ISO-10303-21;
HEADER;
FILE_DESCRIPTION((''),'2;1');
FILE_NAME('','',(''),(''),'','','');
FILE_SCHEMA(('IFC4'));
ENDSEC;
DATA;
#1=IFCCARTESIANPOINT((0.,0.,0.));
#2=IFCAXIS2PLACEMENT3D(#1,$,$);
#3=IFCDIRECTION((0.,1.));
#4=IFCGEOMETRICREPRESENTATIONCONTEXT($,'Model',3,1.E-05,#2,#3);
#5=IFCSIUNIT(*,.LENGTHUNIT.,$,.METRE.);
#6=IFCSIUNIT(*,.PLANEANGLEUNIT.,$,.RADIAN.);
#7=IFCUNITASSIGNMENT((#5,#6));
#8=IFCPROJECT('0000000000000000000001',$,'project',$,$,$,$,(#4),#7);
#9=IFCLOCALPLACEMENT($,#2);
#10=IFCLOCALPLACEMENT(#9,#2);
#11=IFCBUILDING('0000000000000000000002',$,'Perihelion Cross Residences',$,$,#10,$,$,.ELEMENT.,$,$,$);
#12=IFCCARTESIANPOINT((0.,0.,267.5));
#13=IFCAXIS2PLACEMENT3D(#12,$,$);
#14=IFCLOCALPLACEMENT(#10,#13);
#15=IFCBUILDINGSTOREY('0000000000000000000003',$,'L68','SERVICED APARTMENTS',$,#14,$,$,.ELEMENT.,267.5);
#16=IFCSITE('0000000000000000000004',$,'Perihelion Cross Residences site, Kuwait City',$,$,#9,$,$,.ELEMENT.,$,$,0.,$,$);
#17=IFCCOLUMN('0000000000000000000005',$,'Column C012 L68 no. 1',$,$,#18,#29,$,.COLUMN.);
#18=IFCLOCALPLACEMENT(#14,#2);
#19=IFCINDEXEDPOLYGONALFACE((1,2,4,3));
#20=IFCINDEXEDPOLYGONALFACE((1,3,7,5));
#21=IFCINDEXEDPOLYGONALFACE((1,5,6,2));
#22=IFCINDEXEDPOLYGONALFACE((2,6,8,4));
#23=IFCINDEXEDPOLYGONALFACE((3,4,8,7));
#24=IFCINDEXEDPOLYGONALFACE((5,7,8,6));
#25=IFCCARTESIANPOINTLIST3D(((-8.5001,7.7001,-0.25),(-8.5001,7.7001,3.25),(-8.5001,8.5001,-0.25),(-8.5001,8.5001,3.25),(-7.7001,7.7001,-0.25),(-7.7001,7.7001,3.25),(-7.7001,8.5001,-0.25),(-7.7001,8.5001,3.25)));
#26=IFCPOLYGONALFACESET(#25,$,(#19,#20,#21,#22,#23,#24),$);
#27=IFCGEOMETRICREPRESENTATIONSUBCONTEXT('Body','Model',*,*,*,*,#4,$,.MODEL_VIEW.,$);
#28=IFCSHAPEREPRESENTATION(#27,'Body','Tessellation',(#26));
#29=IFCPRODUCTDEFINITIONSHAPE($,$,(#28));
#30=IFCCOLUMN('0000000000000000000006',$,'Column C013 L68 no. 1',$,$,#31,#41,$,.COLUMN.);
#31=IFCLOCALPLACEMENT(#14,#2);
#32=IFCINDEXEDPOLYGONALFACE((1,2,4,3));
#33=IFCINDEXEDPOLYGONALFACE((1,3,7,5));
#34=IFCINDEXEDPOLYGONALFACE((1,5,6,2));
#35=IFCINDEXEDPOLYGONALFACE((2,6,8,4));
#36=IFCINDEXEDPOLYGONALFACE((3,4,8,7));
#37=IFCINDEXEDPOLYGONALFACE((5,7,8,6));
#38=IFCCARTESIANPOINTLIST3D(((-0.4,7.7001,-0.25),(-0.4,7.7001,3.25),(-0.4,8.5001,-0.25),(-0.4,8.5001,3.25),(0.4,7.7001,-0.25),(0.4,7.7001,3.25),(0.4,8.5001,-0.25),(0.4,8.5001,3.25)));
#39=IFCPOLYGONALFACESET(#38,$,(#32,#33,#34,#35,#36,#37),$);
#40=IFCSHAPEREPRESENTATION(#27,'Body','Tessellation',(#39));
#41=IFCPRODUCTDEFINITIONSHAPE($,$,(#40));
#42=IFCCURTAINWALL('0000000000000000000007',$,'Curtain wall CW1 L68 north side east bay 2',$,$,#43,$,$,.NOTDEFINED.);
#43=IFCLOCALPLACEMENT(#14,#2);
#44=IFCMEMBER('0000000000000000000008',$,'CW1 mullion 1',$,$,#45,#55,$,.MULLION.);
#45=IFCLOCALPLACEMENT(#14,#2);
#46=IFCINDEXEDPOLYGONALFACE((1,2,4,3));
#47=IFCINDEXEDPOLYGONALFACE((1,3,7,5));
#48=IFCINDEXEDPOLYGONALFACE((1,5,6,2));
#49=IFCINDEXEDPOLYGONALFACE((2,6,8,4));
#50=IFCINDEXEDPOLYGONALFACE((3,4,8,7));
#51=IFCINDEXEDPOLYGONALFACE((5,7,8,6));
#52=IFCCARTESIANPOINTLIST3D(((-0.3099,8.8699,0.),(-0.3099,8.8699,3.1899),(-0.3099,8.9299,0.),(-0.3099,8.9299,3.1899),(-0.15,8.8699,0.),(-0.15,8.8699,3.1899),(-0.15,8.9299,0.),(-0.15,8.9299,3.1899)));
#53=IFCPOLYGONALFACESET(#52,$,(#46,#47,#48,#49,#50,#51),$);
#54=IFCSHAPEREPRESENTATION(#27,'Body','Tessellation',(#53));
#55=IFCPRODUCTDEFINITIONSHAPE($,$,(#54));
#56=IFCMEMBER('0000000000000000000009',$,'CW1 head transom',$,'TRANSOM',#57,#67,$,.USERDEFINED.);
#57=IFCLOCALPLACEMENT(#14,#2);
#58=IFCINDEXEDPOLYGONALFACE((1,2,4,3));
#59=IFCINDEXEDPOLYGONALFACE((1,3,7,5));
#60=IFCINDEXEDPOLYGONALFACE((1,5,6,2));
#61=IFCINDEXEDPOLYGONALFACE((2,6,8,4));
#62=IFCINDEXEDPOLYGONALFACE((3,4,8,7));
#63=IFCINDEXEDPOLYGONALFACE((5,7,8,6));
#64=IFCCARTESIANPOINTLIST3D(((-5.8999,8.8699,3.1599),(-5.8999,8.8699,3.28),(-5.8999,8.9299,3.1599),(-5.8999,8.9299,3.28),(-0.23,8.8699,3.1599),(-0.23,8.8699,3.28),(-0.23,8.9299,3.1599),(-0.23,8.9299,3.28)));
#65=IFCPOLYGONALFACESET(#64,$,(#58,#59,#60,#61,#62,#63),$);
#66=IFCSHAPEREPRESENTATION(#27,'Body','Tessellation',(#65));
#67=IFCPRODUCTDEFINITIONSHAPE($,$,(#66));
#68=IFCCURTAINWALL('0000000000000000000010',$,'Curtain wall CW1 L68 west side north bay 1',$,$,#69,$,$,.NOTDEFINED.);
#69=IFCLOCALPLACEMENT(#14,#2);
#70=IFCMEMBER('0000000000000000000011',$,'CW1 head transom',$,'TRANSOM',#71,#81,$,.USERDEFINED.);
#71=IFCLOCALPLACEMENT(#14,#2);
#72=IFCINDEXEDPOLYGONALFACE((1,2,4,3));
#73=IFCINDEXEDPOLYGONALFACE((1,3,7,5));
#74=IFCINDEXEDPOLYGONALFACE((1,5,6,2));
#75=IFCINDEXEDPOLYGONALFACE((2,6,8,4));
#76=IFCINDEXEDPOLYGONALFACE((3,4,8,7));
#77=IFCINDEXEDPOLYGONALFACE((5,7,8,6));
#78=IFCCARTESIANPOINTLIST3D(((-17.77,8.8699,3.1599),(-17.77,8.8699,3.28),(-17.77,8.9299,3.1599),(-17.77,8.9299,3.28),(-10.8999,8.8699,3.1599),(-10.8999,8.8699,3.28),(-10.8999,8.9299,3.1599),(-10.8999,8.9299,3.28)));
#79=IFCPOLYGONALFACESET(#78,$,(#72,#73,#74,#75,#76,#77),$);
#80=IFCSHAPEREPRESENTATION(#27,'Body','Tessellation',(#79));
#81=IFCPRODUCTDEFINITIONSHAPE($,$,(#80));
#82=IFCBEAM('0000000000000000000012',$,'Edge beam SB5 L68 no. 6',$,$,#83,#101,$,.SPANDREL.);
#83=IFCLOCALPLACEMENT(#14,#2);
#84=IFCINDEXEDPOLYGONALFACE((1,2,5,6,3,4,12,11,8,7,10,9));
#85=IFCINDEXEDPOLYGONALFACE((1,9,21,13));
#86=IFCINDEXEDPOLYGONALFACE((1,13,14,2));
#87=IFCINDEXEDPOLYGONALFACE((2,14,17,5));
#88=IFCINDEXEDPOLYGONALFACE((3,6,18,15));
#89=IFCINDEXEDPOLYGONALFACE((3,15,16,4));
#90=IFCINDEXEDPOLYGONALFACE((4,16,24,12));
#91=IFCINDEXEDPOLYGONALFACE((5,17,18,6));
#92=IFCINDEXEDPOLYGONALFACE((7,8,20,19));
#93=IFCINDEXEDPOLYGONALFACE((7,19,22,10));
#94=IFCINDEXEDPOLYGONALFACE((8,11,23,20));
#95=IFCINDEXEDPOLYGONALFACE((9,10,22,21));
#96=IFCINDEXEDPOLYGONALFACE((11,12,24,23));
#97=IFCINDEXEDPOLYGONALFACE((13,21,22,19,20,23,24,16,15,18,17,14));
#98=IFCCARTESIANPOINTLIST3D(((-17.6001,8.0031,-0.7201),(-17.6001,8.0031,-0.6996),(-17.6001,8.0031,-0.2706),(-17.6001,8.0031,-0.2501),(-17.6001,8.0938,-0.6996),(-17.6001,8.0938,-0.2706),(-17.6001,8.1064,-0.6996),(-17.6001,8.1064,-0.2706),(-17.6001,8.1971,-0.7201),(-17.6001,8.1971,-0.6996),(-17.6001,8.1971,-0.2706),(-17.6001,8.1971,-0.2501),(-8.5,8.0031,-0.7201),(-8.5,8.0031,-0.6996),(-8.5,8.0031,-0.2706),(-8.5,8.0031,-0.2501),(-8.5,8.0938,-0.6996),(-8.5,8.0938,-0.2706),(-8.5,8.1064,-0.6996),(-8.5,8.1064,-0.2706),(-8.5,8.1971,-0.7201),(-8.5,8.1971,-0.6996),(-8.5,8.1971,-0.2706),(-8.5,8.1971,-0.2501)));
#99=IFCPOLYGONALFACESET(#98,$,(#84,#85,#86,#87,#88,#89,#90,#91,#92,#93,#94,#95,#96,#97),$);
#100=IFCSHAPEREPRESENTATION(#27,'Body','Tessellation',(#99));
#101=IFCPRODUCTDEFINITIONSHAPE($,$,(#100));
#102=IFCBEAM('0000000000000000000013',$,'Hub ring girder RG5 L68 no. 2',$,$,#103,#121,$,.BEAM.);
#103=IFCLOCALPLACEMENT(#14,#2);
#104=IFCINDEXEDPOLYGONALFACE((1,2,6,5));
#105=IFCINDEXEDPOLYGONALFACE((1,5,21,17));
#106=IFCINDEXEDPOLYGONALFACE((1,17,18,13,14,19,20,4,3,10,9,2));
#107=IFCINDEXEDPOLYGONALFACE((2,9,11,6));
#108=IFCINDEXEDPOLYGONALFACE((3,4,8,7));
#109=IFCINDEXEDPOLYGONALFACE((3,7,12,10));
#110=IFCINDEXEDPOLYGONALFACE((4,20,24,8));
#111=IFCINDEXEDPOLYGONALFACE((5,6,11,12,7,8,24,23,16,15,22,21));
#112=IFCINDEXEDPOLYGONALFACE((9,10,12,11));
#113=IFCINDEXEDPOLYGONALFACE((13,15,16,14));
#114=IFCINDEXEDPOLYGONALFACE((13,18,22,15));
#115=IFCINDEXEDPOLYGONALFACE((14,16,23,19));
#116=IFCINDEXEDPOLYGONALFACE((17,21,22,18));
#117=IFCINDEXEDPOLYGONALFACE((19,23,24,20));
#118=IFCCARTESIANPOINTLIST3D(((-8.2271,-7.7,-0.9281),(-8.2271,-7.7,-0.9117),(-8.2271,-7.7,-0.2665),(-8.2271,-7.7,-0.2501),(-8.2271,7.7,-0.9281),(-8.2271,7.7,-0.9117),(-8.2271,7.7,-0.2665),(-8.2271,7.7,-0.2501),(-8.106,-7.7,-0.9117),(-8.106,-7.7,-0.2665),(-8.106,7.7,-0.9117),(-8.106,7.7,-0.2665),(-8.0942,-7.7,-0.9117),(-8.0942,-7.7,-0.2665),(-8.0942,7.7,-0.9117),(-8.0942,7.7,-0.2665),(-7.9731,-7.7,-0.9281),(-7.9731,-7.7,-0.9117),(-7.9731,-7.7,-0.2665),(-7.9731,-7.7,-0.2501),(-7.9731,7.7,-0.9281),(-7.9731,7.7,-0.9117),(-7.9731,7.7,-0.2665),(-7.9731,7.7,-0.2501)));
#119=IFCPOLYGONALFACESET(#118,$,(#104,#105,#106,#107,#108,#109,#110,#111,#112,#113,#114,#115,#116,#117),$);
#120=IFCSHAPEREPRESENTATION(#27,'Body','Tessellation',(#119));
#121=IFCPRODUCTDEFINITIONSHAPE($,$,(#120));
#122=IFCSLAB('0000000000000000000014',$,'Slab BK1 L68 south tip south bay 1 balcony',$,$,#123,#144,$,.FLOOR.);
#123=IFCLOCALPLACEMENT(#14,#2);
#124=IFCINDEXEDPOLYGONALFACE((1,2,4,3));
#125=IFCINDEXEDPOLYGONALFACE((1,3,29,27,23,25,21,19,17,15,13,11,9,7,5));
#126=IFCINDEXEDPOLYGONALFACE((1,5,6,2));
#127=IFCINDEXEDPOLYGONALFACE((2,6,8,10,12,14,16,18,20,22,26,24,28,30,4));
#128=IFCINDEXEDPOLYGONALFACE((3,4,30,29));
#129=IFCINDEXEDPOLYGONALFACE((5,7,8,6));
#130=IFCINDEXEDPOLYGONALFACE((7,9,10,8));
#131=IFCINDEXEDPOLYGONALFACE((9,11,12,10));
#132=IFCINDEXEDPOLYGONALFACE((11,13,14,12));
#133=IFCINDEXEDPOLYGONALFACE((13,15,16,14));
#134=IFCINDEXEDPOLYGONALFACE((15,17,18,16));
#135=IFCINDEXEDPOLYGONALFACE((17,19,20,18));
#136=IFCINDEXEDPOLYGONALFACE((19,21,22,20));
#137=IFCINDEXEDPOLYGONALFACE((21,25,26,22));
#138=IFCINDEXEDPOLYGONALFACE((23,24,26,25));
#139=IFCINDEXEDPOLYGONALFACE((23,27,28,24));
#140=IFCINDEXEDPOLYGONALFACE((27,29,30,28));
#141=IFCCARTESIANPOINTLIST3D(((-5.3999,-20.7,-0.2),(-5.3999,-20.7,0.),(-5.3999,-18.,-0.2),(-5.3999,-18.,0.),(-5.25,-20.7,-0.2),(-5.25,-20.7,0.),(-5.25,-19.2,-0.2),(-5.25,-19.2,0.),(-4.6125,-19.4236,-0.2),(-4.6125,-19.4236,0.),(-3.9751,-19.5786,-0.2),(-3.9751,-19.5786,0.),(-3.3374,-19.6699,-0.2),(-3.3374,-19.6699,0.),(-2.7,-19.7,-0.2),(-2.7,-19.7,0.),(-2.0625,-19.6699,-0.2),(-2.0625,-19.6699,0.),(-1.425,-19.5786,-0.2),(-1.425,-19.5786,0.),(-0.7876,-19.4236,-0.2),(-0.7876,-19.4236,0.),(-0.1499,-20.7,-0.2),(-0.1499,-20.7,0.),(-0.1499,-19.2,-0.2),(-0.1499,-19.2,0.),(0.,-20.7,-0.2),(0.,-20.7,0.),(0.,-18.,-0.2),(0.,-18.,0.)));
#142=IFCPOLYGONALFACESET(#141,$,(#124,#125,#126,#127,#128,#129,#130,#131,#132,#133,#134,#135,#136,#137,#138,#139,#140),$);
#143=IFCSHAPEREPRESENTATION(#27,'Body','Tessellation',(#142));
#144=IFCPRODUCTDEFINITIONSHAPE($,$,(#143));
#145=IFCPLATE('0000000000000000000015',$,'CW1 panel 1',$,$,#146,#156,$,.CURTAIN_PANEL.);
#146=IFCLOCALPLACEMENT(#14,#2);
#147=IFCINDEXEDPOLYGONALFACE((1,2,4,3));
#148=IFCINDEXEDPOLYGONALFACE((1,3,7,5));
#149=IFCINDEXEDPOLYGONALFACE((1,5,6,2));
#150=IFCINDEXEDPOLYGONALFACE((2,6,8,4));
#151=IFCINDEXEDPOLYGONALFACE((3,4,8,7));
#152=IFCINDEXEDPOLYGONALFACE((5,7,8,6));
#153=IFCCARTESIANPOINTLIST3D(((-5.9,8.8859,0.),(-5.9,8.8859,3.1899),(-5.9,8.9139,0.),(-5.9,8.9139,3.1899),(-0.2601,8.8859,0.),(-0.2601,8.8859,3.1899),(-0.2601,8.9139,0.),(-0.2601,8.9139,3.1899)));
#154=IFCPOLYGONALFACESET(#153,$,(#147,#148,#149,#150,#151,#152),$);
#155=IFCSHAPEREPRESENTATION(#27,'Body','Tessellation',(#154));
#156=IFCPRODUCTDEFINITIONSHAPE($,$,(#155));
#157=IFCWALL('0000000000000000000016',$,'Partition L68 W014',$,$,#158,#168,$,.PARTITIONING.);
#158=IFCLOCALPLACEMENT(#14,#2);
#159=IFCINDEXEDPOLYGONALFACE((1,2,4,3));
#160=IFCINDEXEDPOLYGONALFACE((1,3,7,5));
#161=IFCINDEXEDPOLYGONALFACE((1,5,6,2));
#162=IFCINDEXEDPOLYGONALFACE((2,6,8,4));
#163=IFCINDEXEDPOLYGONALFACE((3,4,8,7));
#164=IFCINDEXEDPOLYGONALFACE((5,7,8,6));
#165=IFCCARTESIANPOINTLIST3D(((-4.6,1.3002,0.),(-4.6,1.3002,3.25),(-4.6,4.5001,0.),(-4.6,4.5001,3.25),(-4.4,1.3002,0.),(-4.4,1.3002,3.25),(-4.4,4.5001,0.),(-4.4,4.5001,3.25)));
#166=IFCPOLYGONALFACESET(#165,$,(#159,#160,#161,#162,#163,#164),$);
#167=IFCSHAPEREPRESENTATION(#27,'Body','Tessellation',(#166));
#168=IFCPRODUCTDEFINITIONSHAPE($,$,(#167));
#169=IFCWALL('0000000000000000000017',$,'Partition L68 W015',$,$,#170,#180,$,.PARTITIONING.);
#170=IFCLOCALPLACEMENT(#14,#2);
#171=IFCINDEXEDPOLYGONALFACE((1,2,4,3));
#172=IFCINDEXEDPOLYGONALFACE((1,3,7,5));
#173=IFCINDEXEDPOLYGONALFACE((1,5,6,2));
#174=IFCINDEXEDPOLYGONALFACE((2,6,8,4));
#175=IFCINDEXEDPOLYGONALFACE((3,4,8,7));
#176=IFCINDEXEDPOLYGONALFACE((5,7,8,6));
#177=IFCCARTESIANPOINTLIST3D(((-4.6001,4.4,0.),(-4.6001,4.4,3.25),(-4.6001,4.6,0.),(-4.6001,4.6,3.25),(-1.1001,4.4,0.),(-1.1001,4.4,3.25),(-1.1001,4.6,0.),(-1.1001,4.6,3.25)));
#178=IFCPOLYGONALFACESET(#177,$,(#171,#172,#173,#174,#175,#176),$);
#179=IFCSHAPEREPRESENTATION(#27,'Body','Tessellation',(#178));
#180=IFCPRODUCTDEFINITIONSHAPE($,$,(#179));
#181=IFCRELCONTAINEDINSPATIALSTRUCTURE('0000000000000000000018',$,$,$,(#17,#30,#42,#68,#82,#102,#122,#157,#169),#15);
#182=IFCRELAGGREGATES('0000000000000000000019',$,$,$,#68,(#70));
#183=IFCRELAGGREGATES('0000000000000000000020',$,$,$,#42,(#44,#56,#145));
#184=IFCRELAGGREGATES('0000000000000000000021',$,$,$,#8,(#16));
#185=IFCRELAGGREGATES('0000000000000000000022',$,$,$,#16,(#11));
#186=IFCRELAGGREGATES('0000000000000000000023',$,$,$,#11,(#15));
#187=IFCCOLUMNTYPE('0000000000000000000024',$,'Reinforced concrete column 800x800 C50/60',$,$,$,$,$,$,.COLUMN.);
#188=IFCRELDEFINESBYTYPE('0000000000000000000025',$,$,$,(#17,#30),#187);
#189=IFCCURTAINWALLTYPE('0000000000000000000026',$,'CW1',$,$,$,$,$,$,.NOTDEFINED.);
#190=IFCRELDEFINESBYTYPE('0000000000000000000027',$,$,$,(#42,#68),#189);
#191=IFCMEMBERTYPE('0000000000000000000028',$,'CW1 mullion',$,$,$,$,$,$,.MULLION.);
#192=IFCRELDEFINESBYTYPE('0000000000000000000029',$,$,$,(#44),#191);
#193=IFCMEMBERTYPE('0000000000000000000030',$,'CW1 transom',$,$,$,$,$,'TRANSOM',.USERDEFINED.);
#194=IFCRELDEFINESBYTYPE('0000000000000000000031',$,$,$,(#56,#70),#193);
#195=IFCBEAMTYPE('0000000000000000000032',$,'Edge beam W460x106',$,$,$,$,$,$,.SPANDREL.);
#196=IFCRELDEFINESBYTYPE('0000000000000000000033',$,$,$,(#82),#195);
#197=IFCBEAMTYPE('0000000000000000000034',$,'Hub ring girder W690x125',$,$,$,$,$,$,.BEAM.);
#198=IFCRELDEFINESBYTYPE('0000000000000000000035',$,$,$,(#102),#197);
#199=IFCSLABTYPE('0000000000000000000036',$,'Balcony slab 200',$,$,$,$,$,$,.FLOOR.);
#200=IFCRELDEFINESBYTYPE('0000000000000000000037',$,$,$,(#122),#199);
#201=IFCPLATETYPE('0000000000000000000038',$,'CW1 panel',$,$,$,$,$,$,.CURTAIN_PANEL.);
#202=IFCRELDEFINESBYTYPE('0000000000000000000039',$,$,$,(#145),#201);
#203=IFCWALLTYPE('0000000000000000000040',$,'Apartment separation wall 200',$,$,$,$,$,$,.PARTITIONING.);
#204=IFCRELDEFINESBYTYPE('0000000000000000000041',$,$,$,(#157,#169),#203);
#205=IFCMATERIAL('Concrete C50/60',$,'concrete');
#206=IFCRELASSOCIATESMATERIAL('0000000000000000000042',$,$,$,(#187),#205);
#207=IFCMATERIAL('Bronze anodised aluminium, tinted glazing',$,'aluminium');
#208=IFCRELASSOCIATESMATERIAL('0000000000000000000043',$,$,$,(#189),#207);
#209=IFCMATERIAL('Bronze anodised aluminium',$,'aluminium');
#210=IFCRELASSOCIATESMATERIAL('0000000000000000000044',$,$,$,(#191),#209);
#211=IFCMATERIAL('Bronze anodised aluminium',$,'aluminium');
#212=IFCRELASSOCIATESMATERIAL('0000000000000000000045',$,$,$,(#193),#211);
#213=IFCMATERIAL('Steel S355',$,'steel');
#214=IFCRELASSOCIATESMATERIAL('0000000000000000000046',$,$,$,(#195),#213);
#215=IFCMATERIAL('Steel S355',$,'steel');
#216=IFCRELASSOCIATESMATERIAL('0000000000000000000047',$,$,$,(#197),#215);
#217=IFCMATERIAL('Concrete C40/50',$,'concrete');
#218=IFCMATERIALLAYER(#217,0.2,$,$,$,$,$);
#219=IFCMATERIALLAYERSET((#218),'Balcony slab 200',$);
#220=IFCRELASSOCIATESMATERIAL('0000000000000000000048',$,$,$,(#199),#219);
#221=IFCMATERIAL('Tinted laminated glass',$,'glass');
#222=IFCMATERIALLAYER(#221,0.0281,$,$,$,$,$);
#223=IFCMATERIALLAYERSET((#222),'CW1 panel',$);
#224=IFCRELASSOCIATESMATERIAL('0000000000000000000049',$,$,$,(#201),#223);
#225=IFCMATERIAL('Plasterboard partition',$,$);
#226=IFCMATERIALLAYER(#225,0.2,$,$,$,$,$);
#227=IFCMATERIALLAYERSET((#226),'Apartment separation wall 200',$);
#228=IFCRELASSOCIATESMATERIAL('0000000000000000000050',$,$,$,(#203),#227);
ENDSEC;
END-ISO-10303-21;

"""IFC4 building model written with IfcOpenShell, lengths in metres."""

from ifc_helpers import new_model, si_unit, direction, frame, frame_2d, origin, origin_2d, place, context, subcontext, project, spatial, polyline, rectangle, i_section, outline, extrude, material, layer, layer_set, material_profile, profile_set, type_object, element, aggregate, save


model = new_model("IFC4")

# Units and contexts
model_context = context("Model", 3, precision=1e-05, world=origin(), true_north=direction((0.0, 1.0)))
body_context = subcontext(model_context, "Body", "Model", "MODEL_VIEW")
ifc_project = project(units=[si_unit("LENGTHUNIT", "METRE"), si_unit("PLANEANGLEUNIT", "RADIAN")], contexts=[model_context])

# Site, building, storey
site_placement = place(None, origin())
site = spatial("IfcSite", under=ifc_project, at=site_placement, Name="Perihelion Cross Residences site, Kuwait City", CompositionType="ELEMENT", RefElevation=0.0)
building_placement = place(site_placement, origin())
building = spatial("IfcBuilding", under=site, at=building_placement, Name="Perihelion Cross Residences", CompositionType="ELEMENT")
storey_placement = place(building_placement, frame((0.0, 0.0, 267.5)))
storey = spatial("IfcBuildingStorey", under=building, at=storey_placement, Name="L68", Description="SERVICED APARTMENTS", CompositionType="ELEMENT", Elevation=267.5)

# Columns
ifc_material_1 = material(Name="Concrete C50/60", Category="concrete")
ifc_material_profile_1 = material_profile(ifc_material_1, rectangle(XDim=0.8, YDim=0.8, at=origin_2d()), Name="RC 800x800")
ifc_profile_set_1 = profile_set([ifc_material_profile_1], Name="Concrete C50/60")
column_type = type_object("IfcColumnType", Name="Reinforced concrete column 800x800 C50/60", PredefinedType="COLUMN", material=ifc_profile_set_1)
for number, where, z_axis, x_axis, name in (
    (1, (-8.1001, 8.1001, -0.25), (0.0, 0.0, 1.0), (1.0, 0.0, 0.0), "Column C012 L68 no. 1"),
    (2, (0.0, 8.1001, -0.25), (0.0, 0.0, 1.0), (1.0, 0.0, 0.0), "Column C013 L68 no. 1"),
):
    element("IfcColumn", number, at=place(storey_placement, frame(where, z_axis=z_axis, x_axis=x_axis)), inside=storey, type_object=column_type, Name=name, PredefinedType="COLUMN", context=body_context, shape_type="SweptSolid", body=[
        extrude(rectangle(XDim=0.8, YDim=0.8, at=origin_2d()), origin(), (0.0, 0.0, 1.0), 3.5),
    ])

# Curtain wall, members
ifc_material_2 = material(Name="Bronze anodised aluminium, tinted glazing", Category="aluminium")
curtain_wall_type = type_object("IfcCurtainWallType", Name="CW1", PredefinedType="NOTDEFINED", material=ifc_material_2)
curtain_wall_1_placement = place(storey_placement, origin())
curtain_wall_1 = element("IfcCurtainWall", 3, at=curtain_wall_1_placement, inside=storey, type_object=curtain_wall_type, Name="Curtain wall CW1 L68 north side east bay 2", PredefinedType="NOTDEFINED")
ifc_material_3 = material(Name="Bronze anodised aluminium", Category="aluminium")
ifc_material_profile_2 = material_profile(ifc_material_3, rectangle(XDim=0.0601, YDim=0.1599, at=origin_2d()), Name="CW1 mullion")
ifc_profile_set_2 = profile_set([ifc_material_profile_2], Name="Bronze anodised aluminium")
member_type_1 = type_object("IfcMemberType", Name="CW1 mullion", PredefinedType="MULLION", material=ifc_profile_set_2)
member_1_placement = place(storey_placement, frame((-0.23, 8.8999, 0.0), z_axis=(0.0, 0.0, 1.0), x_axis=(0.0, -1.0, 0.0)))
member_1 = element("IfcMember", 4, at=member_1_placement, type_object=member_type_1, Name="CW1 mullion 1", PredefinedType="MULLION", context=body_context, shape_type="SweptSolid", body=[
    extrude(rectangle(XDim=0.0601, YDim=0.1599, at=origin_2d()), origin(), (0.0, 0.0, 1.0), 3.1899),
])
ifc_material_4 = material(Name="Bronze anodised aluminium", Category="aluminium")
ifc_material_profile_3 = material_profile(ifc_material_4, rectangle(XDim=0.0601, YDim=0.1201, at=origin_2d()), Name="CW1 transom")
ifc_profile_set_3 = profile_set([ifc_material_profile_3], Name="Bronze anodised aluminium")
member_type_2 = type_object("IfcMemberType", Name="CW1 transom", ElementType="TRANSOM", PredefinedType="USERDEFINED", material=ifc_profile_set_3)
member_2_placement = place(storey_placement, frame((-0.23, 8.8999, 3.22), z_axis=(-1.0, 0.0, 0.0), x_axis=(0.0, -1.0, 0.0)))
member_2 = element("IfcMember", 5, at=member_2_placement, type_object=member_type_2, Name="CW1 head transom", ObjectType="TRANSOM", PredefinedType="USERDEFINED", context=body_context, shape_type="SweptSolid", body=[
    extrude(rectangle(XDim=0.0601, YDim=0.1201, at=origin_2d()), origin(), (0.0, 0.0, 1.0), 5.6699),
])

# Curtain wall, member
curtain_wall_2_placement = place(storey_placement, origin())
curtain_wall_2 = element("IfcCurtainWall", 6, at=curtain_wall_2_placement, inside=storey, type_object=curtain_wall_type, Name="Curtain wall CW1 L68 west side north bay 1", PredefinedType="NOTDEFINED")
member_3_placement = place(storey_placement, frame((-10.8999, 8.8999, 3.22), z_axis=(-1.0, 0.0, 0.0), x_axis=(0.0, -1.0, 0.0)))
member_3 = element("IfcMember", 7, at=member_3_placement, type_object=member_type_2, Name="CW1 head transom", ObjectType="TRANSOM", PredefinedType="USERDEFINED", context=body_context, shape_type="SweptSolid", body=[
    extrude(rectangle(XDim=0.0601, YDim=0.1201, at=origin_2d()), origin(), (0.0, 0.0, 1.0), 6.8701),
])
aggregate(curtain_wall_2, [member_3])

# Beams
ifc_material_5 = material(Name="Steel S355", Category="steel")
ifc_material_profile_4 = material_profile(ifc_material_5, i_section(OverallWidth=0.1941, OverallDepth=0.47, WebThickness=0.0127, FlangeThickness=0.0205, at=origin_2d()), Name="W460x106")
ifc_profile_set_4 = profile_set([ifc_material_profile_4], Name="Steel S355")
beam_type_1 = type_object("IfcBeamType", Name="Edge beam W460x106", PredefinedType="SPANDREL", material=ifc_profile_set_4)
beam_1_placement = place(storey_placement, frame((-8.5, 8.1001, -0.4851), z_axis=(-1.0, 0.0, 0.0), x_axis=(0.0, -1.0, 0.0)))
element("IfcBeam", 8, at=beam_1_placement, inside=storey, type_object=beam_type_1, Name="Edge beam SB5 L68 no. 6", PredefinedType="SPANDREL", context=body_context, shape_type="SweptSolid", body=[
    extrude(i_section(OverallWidth=0.1941, OverallDepth=0.47, WebThickness=0.0127, FlangeThickness=0.0205, at=origin_2d()), origin(), (0.0, 0.0, 1.0), 9.1001),
])
ifc_material_6 = material(Name="Steel S355", Category="steel")
ifc_material_profile_5 = material_profile(ifc_material_6, i_section(OverallWidth=0.2539, OverallDepth=0.678, WebThickness=0.0117, FlangeThickness=0.0164, at=origin_2d()), Name="W690x125")
ifc_profile_set_5 = profile_set([ifc_material_profile_5], Name="Steel S355")
beam_type_2 = type_object("IfcBeamType", Name="Hub ring girder W690x125", PredefinedType="BEAM", material=ifc_profile_set_5)
beam_2_placement = place(storey_placement, frame((-8.1001, 7.7, -0.5891), z_axis=(0.0, -1.0, 0.0), x_axis=(1.0, 0.0, 0.0)))
element("IfcBeam", 9, at=beam_2_placement, inside=storey, type_object=beam_type_2, Name="Hub ring girder RG5 L68 no. 2", PredefinedType="BEAM", context=body_context, shape_type="SweptSolid", body=[
    extrude(i_section(OverallWidth=0.2539, OverallDepth=0.678, WebThickness=0.0117, FlangeThickness=0.0164, at=origin_2d()), origin(), (0.0, 0.0, 1.0), 15.3999),
])

# Slab
ifc_material_7 = material(Name="Concrete C40/50", Category="concrete")
ifc_layer_1 = layer(ifc_material_7, 0.2)
ifc_layer_set_1 = layer_set([ifc_layer_1], Name="Balcony slab 200")
slab_type = type_object("IfcSlabType", Name="Balcony slab 200", PredefinedType="FLOOR", material=ifc_layer_set_1)
slab_placement = place(storey_placement, frame((0.0, 0.0, -0.2)))
element("IfcSlab", 10, at=slab_placement, inside=storey, type_object=slab_type, Name="Slab BK1 L68 south tip south bay 1 balcony", PredefinedType="FLOOR", context=body_context, shape_type="SweptSolid", body=[
    extrude(outline(polyline([(-5.3999, -18.0), (0.0, -18.0), (0.0, -20.7), (-0.1499, -20.7), (-0.1499, -19.2), (-0.7876, -19.4236), (-1.425, -19.5786), (-2.0625, -19.6699), (-2.7, -19.7), (-3.3374, -19.6699), (-3.9751, -19.5786), (-4.6125, -19.4236), (-5.25, -19.2), (-5.25, -20.7), (-5.3999, -20.7), (-5.3999, -18.0)])), origin(), (0.0, 0.0, 1.0), 0.2),
])

# Plate
ifc_material_8 = material(Name="Tinted laminated glass", Category="glass")
ifc_layer_2 = layer(ifc_material_8, 0.0281)
ifc_layer_set_2 = layer_set([ifc_layer_2], Name="CW1 panel")
plate_type = type_object("IfcPlateType", Name="CW1 panel", PredefinedType="CURTAIN_PANEL", material=ifc_layer_set_2)
plate_placement = place(storey_placement, frame((-3.0801, 8.8999, 0.0), z_axis=(0.0, 0.0, 1.0), x_axis=(-1.0, 0.0, 0.0)))
plate = element("IfcPlate", 11, at=plate_placement, type_object=plate_type, Name="CW1 panel 1", PredefinedType="CURTAIN_PANEL", context=body_context, shape_type="SweptSolid", body=[
    extrude(rectangle(XDim=5.6399, YDim=0.0281, at=origin_2d()), origin(), (0.0, 0.0, 1.0), 3.1899),
])
aggregate(curtain_wall_1, [member_1, member_2, plate])

# Walls
ifc_material_9 = material(Name="Plasterboard partition")
ifc_layer_3 = layer(ifc_material_9, 0.2)
ifc_layer_set_3 = layer_set([ifc_layer_3], Name="Apartment separation wall 200")
wall_type_1 = type_object("IfcWallType", Name="Apartment separation wall 200", PredefinedType="PARTITIONING", material=ifc_layer_set_3)
wall_1_placement = place(storey_placement, frame((-4.5, 1.3, 0.0), z_axis=(0.0, 0.0, 1.0), x_axis=(0.0, 1.0, 0.0)))
element("IfcWall", 12, at=wall_1_placement, inside=storey, type_object=wall_type_1, Name="Partition L68 W014", PredefinedType="PARTITIONING", context=body_context, shape_type="SweptSolid", body=[
    extrude(rectangle(XDim=3.2, YDim=0.2, at=frame_2d((1.6001, 0.0))), origin(), (0.0, 0.0, 1.0), 3.25),
])
wall_2_placement = place(storey_placement, frame((-4.6001, 4.5, 0.0), z_axis=(0.0, 0.0, 1.0), x_axis=(1.0, 0.0, 0.0)))
element("IfcWall", 13, at=wall_2_placement, inside=storey, type_object=wall_type_1, Name="Partition L68 W015", PredefinedType="PARTITIONING", context=body_context, shape_type="SweptSolid", body=[
    extrude(rectangle(XDim=3.5, YDim=0.2, at=frame_2d((1.75, 0.0))), origin(), (0.0, 0.0, 1.0), 3.25),
])

save(model, "model.ifc")
